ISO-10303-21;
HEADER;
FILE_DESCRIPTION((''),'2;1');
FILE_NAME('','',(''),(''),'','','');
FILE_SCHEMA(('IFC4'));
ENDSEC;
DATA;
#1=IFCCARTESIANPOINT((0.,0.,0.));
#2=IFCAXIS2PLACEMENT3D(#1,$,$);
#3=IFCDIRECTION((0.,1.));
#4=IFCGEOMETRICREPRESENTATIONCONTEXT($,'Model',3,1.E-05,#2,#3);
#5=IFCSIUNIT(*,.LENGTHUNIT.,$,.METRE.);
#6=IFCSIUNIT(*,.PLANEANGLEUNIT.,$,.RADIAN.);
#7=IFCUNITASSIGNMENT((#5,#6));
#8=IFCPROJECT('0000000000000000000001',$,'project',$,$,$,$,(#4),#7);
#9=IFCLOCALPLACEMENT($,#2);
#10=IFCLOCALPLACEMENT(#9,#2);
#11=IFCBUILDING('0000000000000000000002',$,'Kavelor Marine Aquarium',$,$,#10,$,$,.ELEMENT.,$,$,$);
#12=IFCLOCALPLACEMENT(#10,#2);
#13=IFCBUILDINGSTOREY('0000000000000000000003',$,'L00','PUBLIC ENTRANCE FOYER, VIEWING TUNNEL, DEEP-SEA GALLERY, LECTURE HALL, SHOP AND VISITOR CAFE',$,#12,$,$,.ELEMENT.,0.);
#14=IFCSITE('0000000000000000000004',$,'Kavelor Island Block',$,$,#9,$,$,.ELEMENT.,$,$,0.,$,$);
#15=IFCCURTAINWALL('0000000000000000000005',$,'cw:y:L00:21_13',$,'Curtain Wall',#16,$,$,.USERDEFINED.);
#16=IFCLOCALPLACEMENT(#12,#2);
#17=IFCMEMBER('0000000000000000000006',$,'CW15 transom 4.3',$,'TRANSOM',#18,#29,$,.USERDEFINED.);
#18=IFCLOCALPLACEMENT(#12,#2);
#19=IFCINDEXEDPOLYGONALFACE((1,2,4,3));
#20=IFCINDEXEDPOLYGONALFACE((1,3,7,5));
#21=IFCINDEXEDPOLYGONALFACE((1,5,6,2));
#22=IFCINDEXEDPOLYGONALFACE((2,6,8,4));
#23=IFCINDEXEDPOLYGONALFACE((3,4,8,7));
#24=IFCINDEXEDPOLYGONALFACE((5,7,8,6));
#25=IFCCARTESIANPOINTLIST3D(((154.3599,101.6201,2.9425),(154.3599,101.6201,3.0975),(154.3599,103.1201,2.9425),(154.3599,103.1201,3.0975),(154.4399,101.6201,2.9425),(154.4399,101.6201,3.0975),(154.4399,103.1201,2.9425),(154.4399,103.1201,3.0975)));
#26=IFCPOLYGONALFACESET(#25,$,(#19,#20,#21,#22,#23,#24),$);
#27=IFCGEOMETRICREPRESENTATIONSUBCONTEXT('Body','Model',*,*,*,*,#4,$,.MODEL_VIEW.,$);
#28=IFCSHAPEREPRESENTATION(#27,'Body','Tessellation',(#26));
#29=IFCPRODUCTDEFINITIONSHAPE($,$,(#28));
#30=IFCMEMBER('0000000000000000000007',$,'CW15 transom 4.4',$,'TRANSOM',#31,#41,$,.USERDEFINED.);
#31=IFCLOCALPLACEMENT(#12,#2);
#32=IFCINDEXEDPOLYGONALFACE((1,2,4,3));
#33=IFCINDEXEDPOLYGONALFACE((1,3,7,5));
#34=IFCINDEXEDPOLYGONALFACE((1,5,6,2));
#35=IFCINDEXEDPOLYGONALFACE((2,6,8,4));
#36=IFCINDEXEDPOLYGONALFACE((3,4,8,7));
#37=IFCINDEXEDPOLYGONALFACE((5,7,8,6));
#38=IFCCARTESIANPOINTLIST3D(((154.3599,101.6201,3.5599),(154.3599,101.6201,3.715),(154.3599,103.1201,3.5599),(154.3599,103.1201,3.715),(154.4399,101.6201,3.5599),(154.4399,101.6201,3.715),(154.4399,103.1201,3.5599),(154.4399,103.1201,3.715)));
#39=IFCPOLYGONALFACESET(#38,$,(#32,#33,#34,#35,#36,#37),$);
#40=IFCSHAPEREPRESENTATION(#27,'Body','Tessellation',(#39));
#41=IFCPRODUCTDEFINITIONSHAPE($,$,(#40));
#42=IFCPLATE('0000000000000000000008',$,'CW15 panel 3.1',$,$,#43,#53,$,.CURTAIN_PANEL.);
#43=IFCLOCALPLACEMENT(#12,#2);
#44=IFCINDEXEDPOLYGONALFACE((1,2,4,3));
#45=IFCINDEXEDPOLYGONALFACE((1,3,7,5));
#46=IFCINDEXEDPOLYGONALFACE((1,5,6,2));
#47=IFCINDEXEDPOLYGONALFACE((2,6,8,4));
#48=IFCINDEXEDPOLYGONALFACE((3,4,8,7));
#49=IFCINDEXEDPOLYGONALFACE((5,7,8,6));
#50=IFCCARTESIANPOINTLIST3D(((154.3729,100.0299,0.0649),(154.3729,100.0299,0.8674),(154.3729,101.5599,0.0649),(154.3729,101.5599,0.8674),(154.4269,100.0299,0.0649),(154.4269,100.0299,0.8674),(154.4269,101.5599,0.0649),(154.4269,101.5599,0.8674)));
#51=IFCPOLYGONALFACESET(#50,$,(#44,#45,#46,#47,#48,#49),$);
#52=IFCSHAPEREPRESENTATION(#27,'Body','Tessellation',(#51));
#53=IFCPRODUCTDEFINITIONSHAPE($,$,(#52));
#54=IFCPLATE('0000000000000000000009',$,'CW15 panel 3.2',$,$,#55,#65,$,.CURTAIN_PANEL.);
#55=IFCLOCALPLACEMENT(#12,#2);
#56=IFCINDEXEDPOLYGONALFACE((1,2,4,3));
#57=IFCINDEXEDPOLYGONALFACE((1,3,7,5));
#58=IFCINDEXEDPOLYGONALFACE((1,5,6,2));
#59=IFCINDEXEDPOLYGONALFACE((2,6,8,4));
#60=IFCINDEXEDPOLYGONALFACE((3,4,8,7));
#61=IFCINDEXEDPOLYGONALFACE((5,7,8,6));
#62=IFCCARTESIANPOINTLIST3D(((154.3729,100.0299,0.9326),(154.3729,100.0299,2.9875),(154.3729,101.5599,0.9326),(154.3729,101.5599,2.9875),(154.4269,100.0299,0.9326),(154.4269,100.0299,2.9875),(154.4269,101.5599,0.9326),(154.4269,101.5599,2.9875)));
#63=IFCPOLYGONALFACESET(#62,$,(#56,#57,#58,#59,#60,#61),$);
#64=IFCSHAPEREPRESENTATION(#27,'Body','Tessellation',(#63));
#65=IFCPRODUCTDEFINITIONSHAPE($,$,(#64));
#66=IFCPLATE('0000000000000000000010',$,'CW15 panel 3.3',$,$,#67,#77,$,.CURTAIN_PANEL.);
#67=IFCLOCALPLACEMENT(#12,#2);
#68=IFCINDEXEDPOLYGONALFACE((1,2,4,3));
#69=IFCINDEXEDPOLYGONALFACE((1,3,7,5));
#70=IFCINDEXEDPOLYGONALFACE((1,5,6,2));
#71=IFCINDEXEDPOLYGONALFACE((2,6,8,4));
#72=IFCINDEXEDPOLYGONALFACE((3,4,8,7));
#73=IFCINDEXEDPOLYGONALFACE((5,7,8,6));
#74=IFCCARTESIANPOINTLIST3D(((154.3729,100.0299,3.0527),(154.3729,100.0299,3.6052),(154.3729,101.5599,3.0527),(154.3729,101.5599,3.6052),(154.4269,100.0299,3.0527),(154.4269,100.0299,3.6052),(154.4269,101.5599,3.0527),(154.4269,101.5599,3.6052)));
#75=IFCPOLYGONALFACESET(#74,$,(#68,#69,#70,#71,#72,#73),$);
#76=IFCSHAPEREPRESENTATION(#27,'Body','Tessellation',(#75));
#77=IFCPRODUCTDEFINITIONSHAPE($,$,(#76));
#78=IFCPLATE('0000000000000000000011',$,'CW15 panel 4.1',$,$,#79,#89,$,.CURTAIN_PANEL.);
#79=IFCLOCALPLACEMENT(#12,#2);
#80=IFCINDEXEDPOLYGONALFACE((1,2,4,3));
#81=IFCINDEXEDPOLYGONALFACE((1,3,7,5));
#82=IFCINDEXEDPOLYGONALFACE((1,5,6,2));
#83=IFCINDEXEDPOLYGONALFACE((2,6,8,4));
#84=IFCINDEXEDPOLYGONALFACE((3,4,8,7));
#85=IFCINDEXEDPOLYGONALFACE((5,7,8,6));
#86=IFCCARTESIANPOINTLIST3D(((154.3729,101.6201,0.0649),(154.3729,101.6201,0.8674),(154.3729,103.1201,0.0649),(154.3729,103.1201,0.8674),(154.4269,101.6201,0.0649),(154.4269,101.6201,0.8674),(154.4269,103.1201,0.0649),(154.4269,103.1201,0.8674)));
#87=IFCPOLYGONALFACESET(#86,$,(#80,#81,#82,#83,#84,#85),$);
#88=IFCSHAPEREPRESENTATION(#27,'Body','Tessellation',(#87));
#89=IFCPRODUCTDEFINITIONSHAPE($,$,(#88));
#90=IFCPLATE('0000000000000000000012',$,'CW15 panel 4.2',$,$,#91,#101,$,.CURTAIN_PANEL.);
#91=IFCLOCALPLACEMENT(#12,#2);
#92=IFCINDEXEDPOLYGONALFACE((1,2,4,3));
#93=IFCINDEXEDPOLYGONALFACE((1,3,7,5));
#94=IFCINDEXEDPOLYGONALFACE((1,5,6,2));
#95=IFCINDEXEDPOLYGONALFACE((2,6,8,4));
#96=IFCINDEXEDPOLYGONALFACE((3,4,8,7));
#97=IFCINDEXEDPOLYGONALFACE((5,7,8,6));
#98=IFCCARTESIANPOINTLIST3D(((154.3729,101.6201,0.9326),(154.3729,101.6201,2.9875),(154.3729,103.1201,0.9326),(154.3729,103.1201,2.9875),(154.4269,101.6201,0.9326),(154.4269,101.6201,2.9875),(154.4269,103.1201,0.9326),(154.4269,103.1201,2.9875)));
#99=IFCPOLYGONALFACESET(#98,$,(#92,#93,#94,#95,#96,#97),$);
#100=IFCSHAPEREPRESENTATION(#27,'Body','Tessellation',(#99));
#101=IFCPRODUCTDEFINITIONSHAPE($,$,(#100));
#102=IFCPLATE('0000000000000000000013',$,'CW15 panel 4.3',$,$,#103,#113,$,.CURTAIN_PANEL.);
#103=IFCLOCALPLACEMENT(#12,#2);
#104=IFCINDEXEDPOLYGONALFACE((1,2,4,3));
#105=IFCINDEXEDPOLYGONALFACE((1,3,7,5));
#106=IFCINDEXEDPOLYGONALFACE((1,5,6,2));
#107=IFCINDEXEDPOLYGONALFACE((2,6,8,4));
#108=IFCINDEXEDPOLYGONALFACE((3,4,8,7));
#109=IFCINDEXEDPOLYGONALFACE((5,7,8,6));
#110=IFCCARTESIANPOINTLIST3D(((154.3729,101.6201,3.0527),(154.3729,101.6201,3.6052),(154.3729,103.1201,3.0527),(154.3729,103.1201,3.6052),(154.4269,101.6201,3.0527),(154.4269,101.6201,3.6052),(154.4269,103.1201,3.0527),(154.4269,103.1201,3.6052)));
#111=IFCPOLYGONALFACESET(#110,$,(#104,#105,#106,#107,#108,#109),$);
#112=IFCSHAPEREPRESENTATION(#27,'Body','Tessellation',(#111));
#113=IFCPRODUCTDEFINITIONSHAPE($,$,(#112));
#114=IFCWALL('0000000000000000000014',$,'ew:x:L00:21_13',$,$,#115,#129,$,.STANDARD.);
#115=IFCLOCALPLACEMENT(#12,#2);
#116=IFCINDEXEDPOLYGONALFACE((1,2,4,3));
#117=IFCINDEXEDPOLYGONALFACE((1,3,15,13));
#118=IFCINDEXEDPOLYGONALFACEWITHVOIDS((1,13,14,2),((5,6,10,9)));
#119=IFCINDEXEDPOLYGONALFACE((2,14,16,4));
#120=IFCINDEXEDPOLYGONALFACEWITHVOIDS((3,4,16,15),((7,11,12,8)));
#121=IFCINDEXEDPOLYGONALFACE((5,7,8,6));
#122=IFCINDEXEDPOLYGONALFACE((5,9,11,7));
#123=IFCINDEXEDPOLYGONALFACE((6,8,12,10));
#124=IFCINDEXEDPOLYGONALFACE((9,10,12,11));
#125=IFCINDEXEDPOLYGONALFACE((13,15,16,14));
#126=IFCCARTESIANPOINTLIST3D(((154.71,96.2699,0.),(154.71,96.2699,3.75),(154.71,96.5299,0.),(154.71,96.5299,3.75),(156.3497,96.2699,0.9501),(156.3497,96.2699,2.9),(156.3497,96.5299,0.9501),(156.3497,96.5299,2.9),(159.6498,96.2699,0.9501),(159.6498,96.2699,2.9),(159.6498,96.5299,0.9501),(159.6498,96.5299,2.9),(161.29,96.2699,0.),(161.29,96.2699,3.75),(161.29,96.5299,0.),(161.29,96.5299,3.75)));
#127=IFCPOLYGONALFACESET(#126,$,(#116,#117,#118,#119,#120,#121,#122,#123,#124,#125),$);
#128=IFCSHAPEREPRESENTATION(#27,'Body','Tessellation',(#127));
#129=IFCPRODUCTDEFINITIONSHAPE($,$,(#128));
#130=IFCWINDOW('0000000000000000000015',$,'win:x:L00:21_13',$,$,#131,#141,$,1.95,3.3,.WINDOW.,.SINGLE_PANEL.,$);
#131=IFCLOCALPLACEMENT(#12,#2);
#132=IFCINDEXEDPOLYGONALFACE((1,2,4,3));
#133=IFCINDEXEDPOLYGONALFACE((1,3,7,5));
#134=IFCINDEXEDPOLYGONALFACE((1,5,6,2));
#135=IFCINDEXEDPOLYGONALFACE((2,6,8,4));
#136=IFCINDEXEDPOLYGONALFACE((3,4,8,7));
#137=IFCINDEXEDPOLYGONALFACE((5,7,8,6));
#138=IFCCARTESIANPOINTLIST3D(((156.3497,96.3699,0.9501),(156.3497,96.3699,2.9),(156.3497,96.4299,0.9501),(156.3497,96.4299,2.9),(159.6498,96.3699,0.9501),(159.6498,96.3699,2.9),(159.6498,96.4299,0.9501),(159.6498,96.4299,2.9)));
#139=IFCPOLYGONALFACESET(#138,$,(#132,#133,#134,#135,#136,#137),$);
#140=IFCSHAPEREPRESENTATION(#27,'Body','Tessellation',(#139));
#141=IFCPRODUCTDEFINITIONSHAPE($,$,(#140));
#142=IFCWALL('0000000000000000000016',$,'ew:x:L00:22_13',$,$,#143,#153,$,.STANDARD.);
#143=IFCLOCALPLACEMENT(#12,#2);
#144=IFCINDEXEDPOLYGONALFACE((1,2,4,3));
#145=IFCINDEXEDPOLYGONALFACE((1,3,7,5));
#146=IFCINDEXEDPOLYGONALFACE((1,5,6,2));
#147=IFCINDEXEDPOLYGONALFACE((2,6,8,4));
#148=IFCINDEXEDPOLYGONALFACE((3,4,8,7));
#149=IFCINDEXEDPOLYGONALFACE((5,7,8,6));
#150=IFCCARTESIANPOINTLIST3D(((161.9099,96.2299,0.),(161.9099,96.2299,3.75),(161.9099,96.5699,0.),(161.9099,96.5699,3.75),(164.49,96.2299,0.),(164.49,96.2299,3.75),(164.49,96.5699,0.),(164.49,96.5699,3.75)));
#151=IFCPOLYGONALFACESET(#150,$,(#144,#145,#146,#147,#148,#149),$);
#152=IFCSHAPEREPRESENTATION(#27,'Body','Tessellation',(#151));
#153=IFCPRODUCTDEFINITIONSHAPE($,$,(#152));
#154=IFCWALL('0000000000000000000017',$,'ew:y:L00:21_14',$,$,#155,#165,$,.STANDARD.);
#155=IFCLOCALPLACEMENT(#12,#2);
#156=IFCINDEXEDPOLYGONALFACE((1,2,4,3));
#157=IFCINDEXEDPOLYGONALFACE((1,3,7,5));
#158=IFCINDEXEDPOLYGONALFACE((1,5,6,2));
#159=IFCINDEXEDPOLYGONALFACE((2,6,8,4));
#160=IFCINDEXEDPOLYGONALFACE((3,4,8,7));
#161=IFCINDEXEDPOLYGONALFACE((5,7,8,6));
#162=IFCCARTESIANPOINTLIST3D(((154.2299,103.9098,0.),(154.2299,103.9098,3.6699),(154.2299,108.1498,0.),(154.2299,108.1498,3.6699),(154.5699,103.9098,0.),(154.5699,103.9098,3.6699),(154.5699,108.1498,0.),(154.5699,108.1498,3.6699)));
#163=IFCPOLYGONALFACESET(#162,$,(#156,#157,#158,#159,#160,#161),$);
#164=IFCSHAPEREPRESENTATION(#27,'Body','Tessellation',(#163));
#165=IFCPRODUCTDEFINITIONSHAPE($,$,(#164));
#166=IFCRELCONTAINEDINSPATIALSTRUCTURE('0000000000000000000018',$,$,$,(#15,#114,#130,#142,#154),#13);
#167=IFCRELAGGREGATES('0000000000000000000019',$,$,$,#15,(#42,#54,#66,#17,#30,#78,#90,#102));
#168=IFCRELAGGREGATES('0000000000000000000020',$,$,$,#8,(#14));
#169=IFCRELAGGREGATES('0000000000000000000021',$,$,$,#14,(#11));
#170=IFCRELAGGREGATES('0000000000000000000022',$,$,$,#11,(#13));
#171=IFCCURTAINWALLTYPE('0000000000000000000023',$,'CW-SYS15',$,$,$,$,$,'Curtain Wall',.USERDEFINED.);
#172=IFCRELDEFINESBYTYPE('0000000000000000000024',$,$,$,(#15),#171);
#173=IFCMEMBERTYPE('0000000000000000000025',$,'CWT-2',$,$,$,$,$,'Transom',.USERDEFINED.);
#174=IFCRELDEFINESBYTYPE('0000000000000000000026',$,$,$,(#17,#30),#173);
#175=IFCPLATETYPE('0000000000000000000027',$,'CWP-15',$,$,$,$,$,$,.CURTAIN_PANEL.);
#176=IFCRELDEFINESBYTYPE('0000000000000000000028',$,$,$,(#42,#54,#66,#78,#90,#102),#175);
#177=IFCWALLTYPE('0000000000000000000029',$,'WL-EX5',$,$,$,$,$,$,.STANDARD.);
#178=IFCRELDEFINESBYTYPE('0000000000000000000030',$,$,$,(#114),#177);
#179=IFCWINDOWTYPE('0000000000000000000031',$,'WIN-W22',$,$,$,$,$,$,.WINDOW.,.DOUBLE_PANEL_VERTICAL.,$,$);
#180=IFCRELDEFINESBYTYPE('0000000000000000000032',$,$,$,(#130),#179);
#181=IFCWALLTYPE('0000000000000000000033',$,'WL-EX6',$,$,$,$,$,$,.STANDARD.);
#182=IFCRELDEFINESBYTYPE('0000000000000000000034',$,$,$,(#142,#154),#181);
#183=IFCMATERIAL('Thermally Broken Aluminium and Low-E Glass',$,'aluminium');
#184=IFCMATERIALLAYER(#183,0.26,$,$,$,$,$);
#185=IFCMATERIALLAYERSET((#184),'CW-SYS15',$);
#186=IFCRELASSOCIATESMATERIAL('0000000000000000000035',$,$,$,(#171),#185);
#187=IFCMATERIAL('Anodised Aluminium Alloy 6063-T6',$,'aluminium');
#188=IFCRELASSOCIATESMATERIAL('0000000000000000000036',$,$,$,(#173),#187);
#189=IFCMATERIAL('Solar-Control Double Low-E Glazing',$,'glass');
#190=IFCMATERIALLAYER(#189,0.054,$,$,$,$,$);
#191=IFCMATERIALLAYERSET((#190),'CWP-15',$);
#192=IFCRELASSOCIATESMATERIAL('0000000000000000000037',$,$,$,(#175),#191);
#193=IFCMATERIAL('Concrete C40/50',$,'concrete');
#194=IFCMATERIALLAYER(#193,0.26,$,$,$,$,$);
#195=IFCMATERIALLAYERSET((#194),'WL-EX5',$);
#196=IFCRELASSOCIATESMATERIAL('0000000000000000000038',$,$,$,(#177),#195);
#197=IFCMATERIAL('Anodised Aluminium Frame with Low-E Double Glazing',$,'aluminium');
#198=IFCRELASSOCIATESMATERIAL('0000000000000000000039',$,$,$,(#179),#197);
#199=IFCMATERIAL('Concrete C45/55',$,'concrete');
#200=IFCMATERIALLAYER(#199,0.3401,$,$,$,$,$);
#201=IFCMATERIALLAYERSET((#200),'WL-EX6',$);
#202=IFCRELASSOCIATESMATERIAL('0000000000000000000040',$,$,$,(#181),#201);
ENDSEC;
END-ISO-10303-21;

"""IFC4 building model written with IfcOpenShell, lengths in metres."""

from ifc_helpers import new_model, si_unit, direction, frame, frame_2d, origin, origin_2d, place, context, subcontext, project, spatial, rectangle, extrude, material, layer, layer_set, material_profile, profile_set, type_object, element, fill, aggregate, save


model = new_model("IFC4")

# Units and contexts
model_context = context("Model", 3, precision=1e-05, world=origin(), true_north=direction((0.0, 1.0)))
body_context = subcontext(model_context, "Body", "Model", "MODEL_VIEW")
ifc_project = project(units=[si_unit("LENGTHUNIT", "METRE"), si_unit("PLANEANGLEUNIT", "RADIAN")], contexts=[model_context])

# Site, building, storey
site_placement = place(None, origin())
site = spatial("IfcSite", under=ifc_project, at=site_placement, Name="Kavelor Island Block", CompositionType="ELEMENT", RefElevation=0.0)
building_placement = place(site_placement, origin())
building = spatial("IfcBuilding", under=site, at=building_placement, Name="Kavelor Marine Aquarium", CompositionType="ELEMENT")
storey_placement = place(building_placement, origin())
storey = spatial("IfcBuildingStorey", under=building, at=storey_placement, Name="L00", Description="PUBLIC ENTRANCE FOYER, VIEWING TUNNEL, DEEP-SEA GALLERY, LECTURE HALL, SHOP AND VISITOR CAFE", CompositionType="ELEMENT", Elevation=0.0)

# Curtain wall
ifc_material_1 = material(Name="Thermally Broken Aluminium and Low-E Glass", Category="aluminium")
ifc_layer_1 = layer(ifc_material_1, 0.26)
ifc_layer_set_1 = layer_set([ifc_layer_1], Name="CW-SYS15")
curtain_wall_type_1 = type_object("IfcCurtainWallType", Name="CW-SYS15", ElementType="Curtain Wall", PredefinedType="USERDEFINED", material=ifc_layer_set_1)
curtain_wall_1_placement = place(storey_placement, origin())
curtain_wall_1 = element("IfcCurtainWall", 1, at=curtain_wall_1_placement, inside=storey, type_object=curtain_wall_type_1, Name="cw:y:L00:21_13", ObjectType="Curtain Wall", PredefinedType="USERDEFINED")

# Members
ifc_material_2 = material(Name="Anodised Aluminium Alloy 6063-T6", Category="aluminium")
ifc_material_profile_1 = material_profile(ifc_material_2, rectangle(XDim=0.0801, YDim=0.155, at=origin_2d()), Name="CW-TRN 80x155")
ifc_profile_set_1 = profile_set([ifc_material_profile_1], Name="Anodised Aluminium Alloy 6063-T6")
member_type_1 = type_object("IfcMemberType", Name="CWT-2", ElementType="Transom", PredefinedType="USERDEFINED", material=ifc_profile_set_1)
member_1_placement = place(storey_placement, frame((154.3999, 101.6201, 3.02), z_axis=(0.0, 1.0, 0.0), x_axis=(-1.0, 0.0, 0.0)))
member_1 = element("IfcMember", 2, at=member_1_placement, type_object=member_type_1, Name="CW15 transom 4.3", ObjectType="TRANSOM", PredefinedType="USERDEFINED", context=body_context, shape_type="SweptSolid", body=[
    extrude(rectangle(XDim=0.0801, YDim=0.155, at=origin_2d()), origin(), (0.0, 0.0, 1.0), 1.5),
])
member_2_placement = place(storey_placement, frame((154.3999, 101.6201, 3.6375), z_axis=(0.0, 1.0, 0.0), x_axis=(-1.0, 0.0, 0.0)))
member_2 = element("IfcMember", 3, at=member_2_placement, type_object=member_type_1, Name="CW15 transom 4.4", ObjectType="TRANSOM", PredefinedType="USERDEFINED", context=body_context, shape_type="SweptSolid", body=[
    extrude(rectangle(XDim=0.0801, YDim=0.155, at=origin_2d()), origin(), (0.0, 0.0, 1.0), 1.5),
])

# Plates
ifc_material_3 = material(Name="Solar-Control Double Low-E Glazing", Category="glass")
ifc_layer_2 = layer(ifc_material_3, 0.054)
ifc_layer_set_2 = layer_set([ifc_layer_2], Name="CWP-15")
plate_type = type_object("IfcPlateType", Name="CWP-15", PredefinedType="CURTAIN_PANEL", material=ifc_layer_set_2)
plate_1_placement = place(storey_placement, frame((154.3999, 100.7949, 0.0649), z_axis=(0.0, 0.0, 1.0), x_axis=(0.0, 1.0, 0.0)))
plate_1 = element("IfcPlate", 4, at=plate_1_placement, type_object=plate_type, Name="CW15 panel 3.1", PredefinedType="CURTAIN_PANEL", context=body_context, shape_type="SweptSolid", body=[
    extrude(rectangle(XDim=1.53, YDim=0.054, at=origin_2d()), origin(), (0.0, 0.0, 1.0), 0.8025),
])
plate_2_placement = place(storey_placement, frame((154.3999, 100.7949, 0.9326), z_axis=(0.0, 0.0, 1.0), x_axis=(0.0, 1.0, 0.0)))
plate_2 = element("IfcPlate", 5, at=plate_2_placement, type_object=plate_type, Name="CW15 panel 3.2", PredefinedType="CURTAIN_PANEL", context=body_context, shape_type="SweptSolid", body=[
    extrude(rectangle(XDim=1.53, YDim=0.054, at=origin_2d()), origin(), (0.0, 0.0, 1.0), 2.0549),
])
plate_3_placement = place(storey_placement, frame((154.3999, 100.7949, 3.0527), z_axis=(0.0, 0.0, 1.0), x_axis=(0.0, 1.0, 0.0)))
plate_3 = element("IfcPlate", 6, at=plate_3_placement, type_object=plate_type, Name="CW15 panel 3.3", PredefinedType="CURTAIN_PANEL", context=body_context, shape_type="SweptSolid", body=[
    extrude(rectangle(XDim=1.53, YDim=0.054, at=origin_2d()), origin(), (0.0, 0.0, 1.0), 0.5525),
])
plate_4_placement = place(storey_placement, frame((154.3999, 102.3701, 0.0649), z_axis=(0.0, 0.0, 1.0), x_axis=(0.0, 1.0, 0.0)))
plate_4 = element("IfcPlate", 7, at=plate_4_placement, type_object=plate_type, Name="CW15 panel 4.1", PredefinedType="CURTAIN_PANEL", context=body_context, shape_type="SweptSolid", body=[
    extrude(rectangle(XDim=1.5, YDim=0.054, at=origin_2d()), origin(), (0.0, 0.0, 1.0), 0.8025),
])
plate_5_placement = place(storey_placement, frame((154.3999, 102.3701, 0.9326), z_axis=(0.0, 0.0, 1.0), x_axis=(0.0, 1.0, 0.0)))
plate_5 = element("IfcPlate", 8, at=plate_5_placement, type_object=plate_type, Name="CW15 panel 4.2", PredefinedType="CURTAIN_PANEL", context=body_context, shape_type="SweptSolid", body=[
    extrude(rectangle(XDim=1.5, YDim=0.054, at=origin_2d()), origin(), (0.0, 0.0, 1.0), 2.0549),
])
plate_6_placement = place(storey_placement, frame((154.3999, 102.3701, 3.0527), z_axis=(0.0, 0.0, 1.0), x_axis=(0.0, 1.0, 0.0)))
plate_6 = element("IfcPlate", 9, at=plate_6_placement, type_object=plate_type, Name="CW15 panel 4.3", PredefinedType="CURTAIN_PANEL", context=body_context, shape_type="SweptSolid", body=[
    extrude(rectangle(XDim=1.5, YDim=0.054, at=origin_2d()), origin(), (0.0, 0.0, 1.0), 0.5525),
])
aggregate(curtain_wall_1, [plate_1, plate_2, plate_3, member_1, member_2, plate_4, plate_5, plate_6])

# Wall, opening, window
ifc_material_4 = material(Name="Concrete C40/50", Category="concrete")
ifc_layer_3 = layer(ifc_material_4, 0.26)
ifc_layer_set_3 = layer_set([ifc_layer_3], Name="WL-EX5")
wall_type_1 = type_object("IfcWallType", Name="WL-EX5", PredefinedType="STANDARD", material=ifc_layer_set_3)
wall_1_placement = place(storey_placement, frame((154.71, 96.3999, 0.0), z_axis=(0.0, 0.0, 1.0), x_axis=(1.0, 0.0, 0.0)))
wall_1 = element("IfcWall", 10, at=wall_1_placement, inside=storey, type_object=wall_type_1, Name="ew:x:L00:21_13", PredefinedType="STANDARD", context=body_context, shape_type="SweptSolid", body=[
    extrude(rectangle(XDim=6.5801, YDim=0.26, at=frame_2d((3.29, 0.0))), origin(), (0.0, 0.0, 1.0), 3.75),
])
opening_placement = place(wall_1_placement, frame((1.6399, 0.0, 0.95)))
opening = element("IfcOpeningElement", 11, at=opening_placement, cuts=wall_1, PredefinedType="OPENING", context=body_context, shape_type="SweptSolid", body=[
    extrude(rectangle(XDim=3.3, YDim=1.95, at=frame_2d((1.6499, 0.9751))), frame((0.0, 0.1399, 0.0), z_axis=(0.0, -1.0, 0.0), x_axis=(1.0, 0.0, 0.0)), (0.0, 0.0, 1.0), 0.28),
])
ifc_material_5 = material(Name="Anodised Aluminium Frame with Low-E Double Glazing", Category="aluminium")
window_type = type_object("IfcWindowType", Name="WIN-W22", PartitioningType="DOUBLE_PANEL_VERTICAL", PredefinedType="WINDOW", material=ifc_material_5)
window_placement = place(opening_placement, origin())
window = element("IfcWindow", 12, at=window_placement, inside=storey, type_object=window_type, Name="win:x:L00:21_13", OverallHeight=1.95, OverallWidth=3.3, PartitioningType="SINGLE_PANEL", PredefinedType="WINDOW", context=body_context, shape_type="SweptSolid", body=[
    extrude(rectangle(XDim=3.3, YDim=1.95, at=frame_2d((1.6499, 0.9751))), frame((0.0, 0.03, 0.0), z_axis=(0.0, -1.0, 0.0), x_axis=(1.0, 0.0, 0.0)), (0.0, 0.0, 1.0), 0.0601),
])
fill(opening, window)

# Walls
ifc_material_6 = material(Name="Concrete C45/55", Category="concrete")
ifc_layer_4 = layer(ifc_material_6, 0.3401)
ifc_layer_set_4 = layer_set([ifc_layer_4], Name="WL-EX6")
wall_type_2 = type_object("IfcWallType", Name="WL-EX6", PredefinedType="STANDARD", material=ifc_layer_set_4)
wall_2_placement = place(storey_placement, frame((161.9099, 96.3999, 0.0), z_axis=(0.0, 0.0, 1.0), x_axis=(1.0, 0.0, 0.0)))
element("IfcWall", 13, at=wall_2_placement, inside=storey, type_object=wall_type_2, Name="ew:x:L00:22_13", PredefinedType="STANDARD", context=body_context, shape_type="SweptSolid", body=[
    extrude(rectangle(XDim=2.5801, YDim=0.3401, at=frame_2d((1.29, 0.0))), origin(), (0.0, 0.0, 1.0), 3.75),
])
wall_3_placement = place(storey_placement, frame((154.3999, 108.1499, 0.0), z_axis=(0.0, 0.0, 1.0), x_axis=(0.0, -1.0, 0.0)))
element("IfcWall", 14, at=wall_3_placement, inside=storey, type_object=wall_type_2, Name="ew:y:L00:21_14", PredefinedType="STANDARD", context=body_context, shape_type="SweptSolid", body=[
    extrude(rectangle(XDim=4.24, YDim=0.3401, at=frame_2d((2.1201, 0.0))), origin(), (0.0, 0.0, 1.0), 3.6699),
])

save(model, "model.ifc")
